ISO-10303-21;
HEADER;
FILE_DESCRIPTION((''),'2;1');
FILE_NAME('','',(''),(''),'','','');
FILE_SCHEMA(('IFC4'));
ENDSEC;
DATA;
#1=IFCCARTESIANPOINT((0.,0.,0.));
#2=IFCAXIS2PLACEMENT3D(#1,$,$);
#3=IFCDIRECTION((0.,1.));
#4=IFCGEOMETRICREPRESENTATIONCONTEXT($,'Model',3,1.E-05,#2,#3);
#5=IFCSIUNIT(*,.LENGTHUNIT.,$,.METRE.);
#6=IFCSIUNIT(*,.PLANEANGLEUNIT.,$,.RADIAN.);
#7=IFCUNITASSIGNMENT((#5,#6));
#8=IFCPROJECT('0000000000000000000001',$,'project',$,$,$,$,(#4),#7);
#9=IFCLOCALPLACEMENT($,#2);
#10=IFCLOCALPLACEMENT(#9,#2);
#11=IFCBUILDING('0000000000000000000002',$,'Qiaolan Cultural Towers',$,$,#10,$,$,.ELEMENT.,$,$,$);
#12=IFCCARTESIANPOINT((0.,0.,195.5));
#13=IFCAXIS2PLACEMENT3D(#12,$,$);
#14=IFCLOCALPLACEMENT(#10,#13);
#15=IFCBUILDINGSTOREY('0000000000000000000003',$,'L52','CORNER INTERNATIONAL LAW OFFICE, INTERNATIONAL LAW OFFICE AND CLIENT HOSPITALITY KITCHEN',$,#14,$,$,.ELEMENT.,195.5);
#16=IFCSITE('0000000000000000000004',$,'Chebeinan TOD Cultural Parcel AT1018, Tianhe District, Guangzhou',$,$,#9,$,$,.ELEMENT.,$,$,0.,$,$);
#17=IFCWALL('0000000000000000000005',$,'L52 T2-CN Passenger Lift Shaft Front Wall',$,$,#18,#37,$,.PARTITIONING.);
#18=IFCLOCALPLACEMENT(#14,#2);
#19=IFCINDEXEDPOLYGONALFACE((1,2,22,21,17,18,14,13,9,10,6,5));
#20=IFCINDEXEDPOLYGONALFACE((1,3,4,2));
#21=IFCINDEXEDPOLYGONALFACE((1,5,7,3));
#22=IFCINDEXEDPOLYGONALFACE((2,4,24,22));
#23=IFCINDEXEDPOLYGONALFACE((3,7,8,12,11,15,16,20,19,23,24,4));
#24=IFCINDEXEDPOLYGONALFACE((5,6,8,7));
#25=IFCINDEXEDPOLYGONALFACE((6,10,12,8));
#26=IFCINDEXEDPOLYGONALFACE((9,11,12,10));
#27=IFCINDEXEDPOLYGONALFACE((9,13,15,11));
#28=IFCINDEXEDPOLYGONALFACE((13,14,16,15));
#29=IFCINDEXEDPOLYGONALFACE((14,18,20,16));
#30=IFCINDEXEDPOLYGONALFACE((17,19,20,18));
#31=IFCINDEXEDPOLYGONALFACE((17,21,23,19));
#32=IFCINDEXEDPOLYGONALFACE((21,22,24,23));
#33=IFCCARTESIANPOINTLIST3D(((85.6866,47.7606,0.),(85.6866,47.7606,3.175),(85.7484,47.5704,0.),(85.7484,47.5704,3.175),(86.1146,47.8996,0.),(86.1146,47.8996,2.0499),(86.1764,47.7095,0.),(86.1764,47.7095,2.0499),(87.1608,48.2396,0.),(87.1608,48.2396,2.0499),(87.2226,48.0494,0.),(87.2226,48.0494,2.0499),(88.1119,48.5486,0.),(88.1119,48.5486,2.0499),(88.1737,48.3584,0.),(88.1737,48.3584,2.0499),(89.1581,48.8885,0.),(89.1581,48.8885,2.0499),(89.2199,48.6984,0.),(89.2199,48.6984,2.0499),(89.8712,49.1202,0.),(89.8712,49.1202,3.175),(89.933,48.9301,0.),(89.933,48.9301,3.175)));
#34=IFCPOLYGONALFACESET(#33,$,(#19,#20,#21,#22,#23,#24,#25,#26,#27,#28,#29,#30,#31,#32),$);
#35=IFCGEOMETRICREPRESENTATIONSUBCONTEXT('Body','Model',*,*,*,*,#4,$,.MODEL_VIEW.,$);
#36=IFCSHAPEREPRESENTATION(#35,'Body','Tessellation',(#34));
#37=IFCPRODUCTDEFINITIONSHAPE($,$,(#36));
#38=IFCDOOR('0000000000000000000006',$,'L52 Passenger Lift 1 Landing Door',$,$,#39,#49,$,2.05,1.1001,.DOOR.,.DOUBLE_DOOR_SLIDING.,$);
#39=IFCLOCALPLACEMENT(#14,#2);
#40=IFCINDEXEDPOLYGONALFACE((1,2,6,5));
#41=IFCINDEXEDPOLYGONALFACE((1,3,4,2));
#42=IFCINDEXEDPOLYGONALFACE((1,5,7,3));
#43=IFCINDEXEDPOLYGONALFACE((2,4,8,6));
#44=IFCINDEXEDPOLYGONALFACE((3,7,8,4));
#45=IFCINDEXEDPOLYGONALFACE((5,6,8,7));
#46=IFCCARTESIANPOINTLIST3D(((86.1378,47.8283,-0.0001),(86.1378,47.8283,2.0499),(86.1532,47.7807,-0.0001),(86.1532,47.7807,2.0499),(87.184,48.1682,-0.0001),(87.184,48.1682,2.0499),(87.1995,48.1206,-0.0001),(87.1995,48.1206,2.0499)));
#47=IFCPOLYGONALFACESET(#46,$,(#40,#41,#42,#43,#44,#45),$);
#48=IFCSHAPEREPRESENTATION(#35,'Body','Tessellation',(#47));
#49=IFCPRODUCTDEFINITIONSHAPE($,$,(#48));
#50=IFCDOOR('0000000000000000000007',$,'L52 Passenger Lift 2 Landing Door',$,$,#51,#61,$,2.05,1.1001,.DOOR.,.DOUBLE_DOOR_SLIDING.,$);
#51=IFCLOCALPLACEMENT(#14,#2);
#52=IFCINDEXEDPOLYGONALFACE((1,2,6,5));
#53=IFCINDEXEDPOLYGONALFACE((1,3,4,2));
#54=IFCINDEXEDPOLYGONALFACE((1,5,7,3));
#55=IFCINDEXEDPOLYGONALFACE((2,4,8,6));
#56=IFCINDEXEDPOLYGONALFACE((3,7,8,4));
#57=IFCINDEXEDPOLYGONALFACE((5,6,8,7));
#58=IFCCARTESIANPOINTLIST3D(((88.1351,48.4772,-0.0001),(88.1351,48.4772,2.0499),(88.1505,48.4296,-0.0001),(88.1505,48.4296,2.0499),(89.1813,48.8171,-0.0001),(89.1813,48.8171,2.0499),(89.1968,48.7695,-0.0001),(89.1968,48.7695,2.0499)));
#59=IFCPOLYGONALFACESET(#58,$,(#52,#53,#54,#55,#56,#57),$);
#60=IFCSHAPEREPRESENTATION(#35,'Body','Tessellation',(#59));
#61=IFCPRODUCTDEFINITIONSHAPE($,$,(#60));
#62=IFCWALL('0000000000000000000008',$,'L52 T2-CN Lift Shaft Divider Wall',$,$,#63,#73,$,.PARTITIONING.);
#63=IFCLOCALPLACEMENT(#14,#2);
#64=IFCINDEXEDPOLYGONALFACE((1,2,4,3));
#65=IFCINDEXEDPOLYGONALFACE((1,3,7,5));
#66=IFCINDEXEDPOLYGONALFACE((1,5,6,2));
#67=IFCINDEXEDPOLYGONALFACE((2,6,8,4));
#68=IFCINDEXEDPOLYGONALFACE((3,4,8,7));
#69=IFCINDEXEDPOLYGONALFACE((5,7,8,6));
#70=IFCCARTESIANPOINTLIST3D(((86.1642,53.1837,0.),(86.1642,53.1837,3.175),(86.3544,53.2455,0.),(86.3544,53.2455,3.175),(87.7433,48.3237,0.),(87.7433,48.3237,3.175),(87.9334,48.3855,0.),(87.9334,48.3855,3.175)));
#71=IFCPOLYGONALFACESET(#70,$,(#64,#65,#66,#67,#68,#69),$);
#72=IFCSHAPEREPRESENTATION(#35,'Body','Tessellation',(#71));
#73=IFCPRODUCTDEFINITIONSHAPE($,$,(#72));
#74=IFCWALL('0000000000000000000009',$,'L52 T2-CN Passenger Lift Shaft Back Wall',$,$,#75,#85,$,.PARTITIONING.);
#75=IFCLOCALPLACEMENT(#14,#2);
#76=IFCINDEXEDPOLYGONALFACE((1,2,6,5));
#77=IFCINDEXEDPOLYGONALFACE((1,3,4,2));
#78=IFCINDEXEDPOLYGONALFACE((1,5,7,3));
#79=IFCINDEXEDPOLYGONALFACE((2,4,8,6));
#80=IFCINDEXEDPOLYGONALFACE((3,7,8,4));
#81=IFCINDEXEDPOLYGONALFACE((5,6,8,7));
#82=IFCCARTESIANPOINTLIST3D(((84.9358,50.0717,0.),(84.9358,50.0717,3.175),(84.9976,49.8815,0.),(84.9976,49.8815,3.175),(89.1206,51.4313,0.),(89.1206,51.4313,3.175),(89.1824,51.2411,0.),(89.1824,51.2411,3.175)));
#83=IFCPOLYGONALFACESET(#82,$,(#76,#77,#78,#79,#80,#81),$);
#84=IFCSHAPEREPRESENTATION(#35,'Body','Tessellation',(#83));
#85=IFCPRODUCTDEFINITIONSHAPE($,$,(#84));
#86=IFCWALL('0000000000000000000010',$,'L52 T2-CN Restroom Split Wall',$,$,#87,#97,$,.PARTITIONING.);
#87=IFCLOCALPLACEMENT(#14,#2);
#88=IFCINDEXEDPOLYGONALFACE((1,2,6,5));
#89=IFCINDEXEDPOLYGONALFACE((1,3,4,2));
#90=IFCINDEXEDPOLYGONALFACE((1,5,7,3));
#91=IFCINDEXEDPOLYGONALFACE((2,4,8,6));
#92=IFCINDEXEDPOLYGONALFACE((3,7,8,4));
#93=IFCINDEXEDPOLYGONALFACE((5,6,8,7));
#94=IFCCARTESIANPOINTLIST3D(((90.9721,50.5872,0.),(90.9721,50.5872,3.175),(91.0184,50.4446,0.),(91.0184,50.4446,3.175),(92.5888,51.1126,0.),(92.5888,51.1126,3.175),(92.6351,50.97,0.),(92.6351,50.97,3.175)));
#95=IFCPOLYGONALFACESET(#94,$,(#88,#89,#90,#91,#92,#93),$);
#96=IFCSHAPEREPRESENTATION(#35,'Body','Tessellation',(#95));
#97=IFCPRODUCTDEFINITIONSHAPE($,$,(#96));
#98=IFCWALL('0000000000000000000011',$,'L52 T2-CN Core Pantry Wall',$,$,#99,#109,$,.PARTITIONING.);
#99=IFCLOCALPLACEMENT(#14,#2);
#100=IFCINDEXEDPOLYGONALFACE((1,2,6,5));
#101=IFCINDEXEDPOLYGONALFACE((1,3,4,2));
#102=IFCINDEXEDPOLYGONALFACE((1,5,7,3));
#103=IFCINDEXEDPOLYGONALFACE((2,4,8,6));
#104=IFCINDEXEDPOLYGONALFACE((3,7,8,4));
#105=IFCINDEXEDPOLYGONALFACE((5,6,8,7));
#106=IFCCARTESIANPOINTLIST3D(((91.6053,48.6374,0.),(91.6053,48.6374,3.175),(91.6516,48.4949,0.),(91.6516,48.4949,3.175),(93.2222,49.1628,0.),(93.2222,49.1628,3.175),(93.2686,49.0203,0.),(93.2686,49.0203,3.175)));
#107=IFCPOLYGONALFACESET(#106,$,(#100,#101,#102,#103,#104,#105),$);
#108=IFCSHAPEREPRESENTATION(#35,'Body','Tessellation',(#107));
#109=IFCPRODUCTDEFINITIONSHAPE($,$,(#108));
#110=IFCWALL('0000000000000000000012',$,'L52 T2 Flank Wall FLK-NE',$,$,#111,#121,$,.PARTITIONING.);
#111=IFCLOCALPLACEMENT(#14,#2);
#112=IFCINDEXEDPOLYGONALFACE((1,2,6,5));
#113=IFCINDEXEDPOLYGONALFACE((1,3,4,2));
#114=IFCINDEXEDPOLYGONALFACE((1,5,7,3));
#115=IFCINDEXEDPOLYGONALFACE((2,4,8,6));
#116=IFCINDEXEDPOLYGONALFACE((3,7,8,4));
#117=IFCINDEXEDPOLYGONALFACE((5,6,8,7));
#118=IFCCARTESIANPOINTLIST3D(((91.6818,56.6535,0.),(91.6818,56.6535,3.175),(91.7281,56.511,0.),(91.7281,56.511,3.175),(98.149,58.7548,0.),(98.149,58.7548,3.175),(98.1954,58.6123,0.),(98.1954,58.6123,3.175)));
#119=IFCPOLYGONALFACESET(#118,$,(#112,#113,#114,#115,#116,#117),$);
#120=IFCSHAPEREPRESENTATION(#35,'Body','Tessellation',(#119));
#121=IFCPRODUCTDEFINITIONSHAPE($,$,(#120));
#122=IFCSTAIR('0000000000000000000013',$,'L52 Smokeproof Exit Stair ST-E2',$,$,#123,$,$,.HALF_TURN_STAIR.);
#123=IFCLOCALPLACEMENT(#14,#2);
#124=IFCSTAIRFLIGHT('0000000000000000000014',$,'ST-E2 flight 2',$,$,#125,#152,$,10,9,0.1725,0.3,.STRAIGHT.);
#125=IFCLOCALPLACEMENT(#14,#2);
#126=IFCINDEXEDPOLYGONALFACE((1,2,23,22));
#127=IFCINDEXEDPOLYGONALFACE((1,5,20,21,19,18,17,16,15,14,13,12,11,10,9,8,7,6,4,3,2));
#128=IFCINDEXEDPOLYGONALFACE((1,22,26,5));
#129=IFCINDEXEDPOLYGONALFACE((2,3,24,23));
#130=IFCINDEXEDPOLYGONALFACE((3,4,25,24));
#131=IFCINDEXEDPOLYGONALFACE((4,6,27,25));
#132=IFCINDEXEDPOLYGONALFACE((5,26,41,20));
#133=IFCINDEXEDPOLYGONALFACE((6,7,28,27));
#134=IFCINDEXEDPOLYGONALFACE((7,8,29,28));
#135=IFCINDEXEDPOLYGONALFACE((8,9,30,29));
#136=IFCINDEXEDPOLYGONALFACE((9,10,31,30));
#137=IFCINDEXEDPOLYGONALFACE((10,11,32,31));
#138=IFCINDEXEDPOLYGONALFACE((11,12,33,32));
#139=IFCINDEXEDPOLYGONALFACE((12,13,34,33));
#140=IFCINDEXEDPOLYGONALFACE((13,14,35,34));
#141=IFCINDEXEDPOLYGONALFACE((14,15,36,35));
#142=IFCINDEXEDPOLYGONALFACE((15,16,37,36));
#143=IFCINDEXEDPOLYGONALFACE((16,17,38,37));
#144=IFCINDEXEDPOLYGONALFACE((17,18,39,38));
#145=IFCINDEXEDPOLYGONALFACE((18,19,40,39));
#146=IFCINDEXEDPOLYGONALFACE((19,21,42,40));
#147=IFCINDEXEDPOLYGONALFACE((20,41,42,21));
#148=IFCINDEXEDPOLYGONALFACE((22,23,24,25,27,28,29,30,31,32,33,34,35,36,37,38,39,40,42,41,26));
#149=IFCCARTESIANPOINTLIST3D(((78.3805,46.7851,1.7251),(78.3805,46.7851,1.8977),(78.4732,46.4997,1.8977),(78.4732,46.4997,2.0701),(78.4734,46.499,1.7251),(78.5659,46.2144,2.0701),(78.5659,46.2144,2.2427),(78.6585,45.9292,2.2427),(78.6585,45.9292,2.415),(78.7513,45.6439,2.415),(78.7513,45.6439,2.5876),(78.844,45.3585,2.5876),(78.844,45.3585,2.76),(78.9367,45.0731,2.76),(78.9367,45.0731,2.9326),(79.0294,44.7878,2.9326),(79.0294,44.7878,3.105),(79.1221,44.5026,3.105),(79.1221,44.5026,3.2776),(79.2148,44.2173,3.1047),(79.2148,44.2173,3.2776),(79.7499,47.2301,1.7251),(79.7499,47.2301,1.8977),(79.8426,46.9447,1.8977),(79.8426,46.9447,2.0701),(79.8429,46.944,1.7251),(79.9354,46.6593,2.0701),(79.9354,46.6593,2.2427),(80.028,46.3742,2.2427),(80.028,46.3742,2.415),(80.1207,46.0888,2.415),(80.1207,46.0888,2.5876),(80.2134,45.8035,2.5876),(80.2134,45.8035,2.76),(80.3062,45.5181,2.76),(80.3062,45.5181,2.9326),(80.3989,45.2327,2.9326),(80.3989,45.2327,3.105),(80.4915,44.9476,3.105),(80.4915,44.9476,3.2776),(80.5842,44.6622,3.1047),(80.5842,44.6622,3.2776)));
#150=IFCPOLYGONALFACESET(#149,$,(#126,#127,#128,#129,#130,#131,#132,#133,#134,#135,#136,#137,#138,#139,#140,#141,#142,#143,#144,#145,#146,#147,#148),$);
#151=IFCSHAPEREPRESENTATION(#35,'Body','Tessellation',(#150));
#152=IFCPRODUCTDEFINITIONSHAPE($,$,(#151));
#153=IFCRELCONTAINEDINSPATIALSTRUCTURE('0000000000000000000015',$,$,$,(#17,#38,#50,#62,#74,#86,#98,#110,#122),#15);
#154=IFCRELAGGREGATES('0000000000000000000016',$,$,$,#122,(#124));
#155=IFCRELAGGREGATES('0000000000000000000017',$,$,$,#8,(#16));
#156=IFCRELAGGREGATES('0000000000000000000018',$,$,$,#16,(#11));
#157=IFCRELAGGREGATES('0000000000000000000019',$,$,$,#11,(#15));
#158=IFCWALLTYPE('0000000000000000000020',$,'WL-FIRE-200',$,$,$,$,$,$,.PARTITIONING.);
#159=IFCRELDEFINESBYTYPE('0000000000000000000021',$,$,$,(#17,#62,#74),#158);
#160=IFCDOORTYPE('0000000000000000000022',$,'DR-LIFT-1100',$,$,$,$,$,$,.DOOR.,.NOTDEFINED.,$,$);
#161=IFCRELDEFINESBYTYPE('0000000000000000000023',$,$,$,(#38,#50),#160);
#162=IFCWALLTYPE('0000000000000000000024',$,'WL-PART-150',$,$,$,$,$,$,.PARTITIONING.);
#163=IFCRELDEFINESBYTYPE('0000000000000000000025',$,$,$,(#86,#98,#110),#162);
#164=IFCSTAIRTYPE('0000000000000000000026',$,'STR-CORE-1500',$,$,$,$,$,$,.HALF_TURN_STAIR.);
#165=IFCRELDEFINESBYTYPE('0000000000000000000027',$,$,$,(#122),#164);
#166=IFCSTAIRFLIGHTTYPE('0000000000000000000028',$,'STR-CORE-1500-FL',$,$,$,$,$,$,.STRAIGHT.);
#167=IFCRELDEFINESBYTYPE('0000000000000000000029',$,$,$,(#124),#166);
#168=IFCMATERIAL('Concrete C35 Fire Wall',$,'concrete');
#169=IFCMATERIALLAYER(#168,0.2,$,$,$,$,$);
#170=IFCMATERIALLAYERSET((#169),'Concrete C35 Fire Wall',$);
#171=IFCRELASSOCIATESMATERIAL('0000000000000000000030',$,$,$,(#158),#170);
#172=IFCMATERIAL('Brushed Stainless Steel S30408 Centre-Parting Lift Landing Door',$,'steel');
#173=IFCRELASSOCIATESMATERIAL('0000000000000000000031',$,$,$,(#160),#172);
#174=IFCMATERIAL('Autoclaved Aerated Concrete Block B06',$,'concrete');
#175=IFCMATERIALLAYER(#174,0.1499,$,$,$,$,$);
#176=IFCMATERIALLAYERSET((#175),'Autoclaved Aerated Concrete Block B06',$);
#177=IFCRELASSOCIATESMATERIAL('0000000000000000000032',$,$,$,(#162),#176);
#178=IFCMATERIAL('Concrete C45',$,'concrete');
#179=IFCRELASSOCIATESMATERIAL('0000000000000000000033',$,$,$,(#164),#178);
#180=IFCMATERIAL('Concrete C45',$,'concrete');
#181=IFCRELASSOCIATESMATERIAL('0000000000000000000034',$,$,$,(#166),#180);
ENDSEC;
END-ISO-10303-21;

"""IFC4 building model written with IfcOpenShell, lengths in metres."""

from ifc_helpers import new_model, si_unit, direction, frame, frame_2d, origin, place, context, subcontext, project, spatial, polyline, rectangle, outline, extrude, material, layer, layer_set, type_object, element, fill, aggregate, save


model = new_model("IFC4")

# Units and contexts
model_context = context("Model", 3, precision=1e-05, world=origin(), true_north=direction((0.0, 1.0)))
body_context = subcontext(model_context, "Body", "Model", "MODEL_VIEW")
ifc_project = project(units=[si_unit("LENGTHUNIT", "METRE"), si_unit("PLANEANGLEUNIT", "RADIAN")], contexts=[model_context])

# Site, building, storey
site_placement = place(None, origin())
site = spatial("IfcSite", under=ifc_project, at=site_placement, Name="Chebeinan TOD Cultural Parcel AT1018, Tianhe District, Guangzhou", CompositionType="ELEMENT", RefElevation=0.0)
building_placement = place(site_placement, origin())
building = spatial("IfcBuilding", under=site, at=building_placement, Name="Qiaolan Cultural Towers", CompositionType="ELEMENT")
storey_placement = place(building_placement, frame((0.0, 0.0, 195.5)))
storey = spatial("IfcBuildingStorey", under=building, at=storey_placement, Name="L52", Description="CORNER INTERNATIONAL LAW OFFICE, INTERNATIONAL LAW OFFICE AND CLIENT HOSPITALITY KITCHEN", CompositionType="ELEMENT", Elevation=195.5)

# Shared definitions
ifc_material_1 = material(Name="Concrete C35 Fire Wall", Category="concrete")
ifc_layer_1 = layer(ifc_material_1, 0.2)
ifc_layer_set_1 = layer_set([ifc_layer_1], Name="Concrete C35 Fire Wall")
wall_type_1 = type_object("IfcWallType", Name="WL-FIRE-200", PredefinedType="PARTITIONING", material=ifc_layer_set_1)
ifc_material_2 = material(Name="Brushed Stainless Steel S30408 Centre-Parting Lift Landing Door", Category="steel")
door_type = type_object("IfcDoorType", Name="DR-LIFT-1100", OperationType="NOTDEFINED", PredefinedType="DOOR", material=ifc_material_2)

# Wall, openings, doors
wall_1_placement = place(storey_placement, frame((85.7175, 47.6655, 0.0), z_axis=(0.0, 0.0, 1.0), x_axis=(0.951059, 0.309011, 0.0)))
wall_1 = element("IfcWall", 1, at=wall_1_placement, inside=storey, type_object=wall_type_1, Name="L52 T2-CN Passenger Lift Shaft Front Wall", PredefinedType="PARTITIONING", context=body_context, shape_type="SweptSolid", body=[
    extrude(rectangle(XDim=4.3999, YDim=0.2, at=frame_2d((2.2, 0.0))), origin(), (0.0, 0.0, 1.0), 3.175),
])
opening_1_placement = place(wall_1_placement, frame((0.45, 0.0, 0.0)))
opening_1 = element("IfcOpeningElement", 2, at=opening_1_placement, cuts=wall_1, PredefinedType="OPENING", context=body_context, shape_type="SweptSolid", body=[
    extrude(rectangle(XDim=1.1001, YDim=2.05, at=frame_2d((0.55, 1.0249))), frame((0.0, 0.1099, 0.0), z_axis=(0.0, -1.0, 0.0), x_axis=(1.0, 0.0, 0.0)), (0.0, 0.0, 1.0), 0.22),
])
opening_2_placement = place(wall_1_placement, frame((2.55, 0.0, 0.0)))
opening_2 = element("IfcOpeningElement", 3, at=opening_2_placement, cuts=wall_1, PredefinedType="OPENING", context=body_context, shape_type="SweptSolid", body=[
    extrude(rectangle(XDim=1.1001, YDim=2.05, at=frame_2d((0.55, 1.0249))), frame((0.0, 0.1099, 0.0), z_axis=(0.0, -1.0, 0.0), x_axis=(1.0, 0.0, 0.0)), (0.0, 0.0, 1.0), 0.22),
])
door_1_placement = place(opening_1_placement, origin())
door_1 = element("IfcDoor", 4, at=door_1_placement, inside=storey, type_object=door_type, Name="L52 Passenger Lift 1 Landing Door", OperationType="DOUBLE_DOOR_SLIDING", OverallHeight=2.05, OverallWidth=1.1001, PredefinedType="DOOR", context=body_context, shape_type="SweptSolid", body=[
    extrude(rectangle(XDim=1.1001, YDim=2.05, at=frame_2d((0.55, 1.0249))), frame((0.0, 0.0249, 0.0), z_axis=(0.0, -1.0, 0.0), x_axis=(1.0, 0.0, 0.0)), (0.0, 0.0, 1.0), 0.05),
])
fill(opening_1, door_1)
door_2_placement = place(opening_2_placement, origin())
door_2 = element("IfcDoor", 5, at=door_2_placement, inside=storey, type_object=door_type, Name="L52 Passenger Lift 2 Landing Door", OperationType="DOUBLE_DOOR_SLIDING", OverallHeight=2.05, OverallWidth=1.1001, PredefinedType="DOOR", context=body_context, shape_type="SweptSolid", body=[
    extrude(rectangle(XDim=1.1001, YDim=2.05, at=frame_2d((0.55, 1.0249))), frame((0.0, 0.0249, 0.0), z_axis=(0.0, -1.0, 0.0), x_axis=(1.0, 0.0, 0.0)), (0.0, 0.0, 1.0), 0.05),
])
fill(opening_2, door_2)

# Walls
wall_2_placement = place(storey_placement, frame((87.8384, 48.3545, 0.0), z_axis=(0.0, 0.0, 1.0), x_axis=(-0.309009, 0.951059, 0.0)))
element("IfcWall", 6, at=wall_2_placement, inside=storey, type_object=wall_type_1, Name="L52 T2-CN Lift Shaft Divider Wall", PredefinedType="PARTITIONING", context=body_context, shape_type="SweptSolid", body=[
    extrude(rectangle(XDim=5.1101, YDim=0.2, at=frame_2d((2.5552, 0.0))), origin(), (0.0, 0.0, 1.0), 3.175),
])
wall_3_placement = place(storey_placement, frame((84.9666, 49.9766, 0.0), z_axis=(0.0, 0.0, 1.0), x_axis=(0.951064, 0.308994, 0.0)))
element("IfcWall", 7, at=wall_3_placement, inside=storey, type_object=wall_type_1, Name="L52 T2-CN Passenger Lift Shaft Back Wall", PredefinedType="PARTITIONING", context=body_context, shape_type="SweptSolid", body=[
    extrude(rectangle(XDim=4.4001, YDim=0.2, at=frame_2d((2.2002, 0.0))), origin(), (0.0, 0.0, 1.0), 3.175),
])
ifc_material_3 = material(Name="Autoclaved Aerated Concrete Block B06", Category="concrete")
ifc_layer_2 = layer(ifc_material_3, 0.1499)
ifc_layer_set_2 = layer_set([ifc_layer_2], Name="Autoclaved Aerated Concrete Block B06")
wall_type_2 = type_object("IfcWallType", Name="WL-PART-150", PredefinedType="PARTITIONING", material=ifc_layer_set_2)
wall_4_placement = place(storey_placement, frame((90.9951, 50.5159, 0.0), z_axis=(0.0, 0.0, 1.0), x_axis=(0.95104, 0.309067, 0.0)))
element("IfcWall", 8, at=wall_4_placement, inside=storey, type_object=wall_type_2, Name="L52 T2-CN Restroom Split Wall", PredefinedType="PARTITIONING", context=body_context, shape_type="SweptSolid", body=[
    extrude(rectangle(XDim=1.7, YDim=0.1499, at=frame_2d((0.8501, 0.0))), origin(), (0.0, 0.0, 1.0), 3.175),
])
wall_5_placement = place(storey_placement, frame((91.6284, 48.5662, 0.0), z_axis=(0.0, 0.0, 1.0), x_axis=(0.951054, 0.309024, 0.0)))
element("IfcWall", 9, at=wall_5_placement, inside=storey, type_object=wall_type_2, Name="L52 T2-CN Core Pantry Wall", PredefinedType="PARTITIONING", context=body_context, shape_type="SweptSolid", body=[
    extrude(rectangle(XDim=1.7002, YDim=0.1499, at=frame_2d((0.8501, 0.0))), origin(), (0.0, 0.0, 1.0), 3.175),
])
wall_6_placement = place(storey_placement, frame((91.7051, 56.5823, 0.0), z_axis=(0.0, 0.0, 1.0), x_axis=(0.951058, 0.309013, 0.0)))
element("IfcWall", 10, at=wall_6_placement, inside=storey, type_object=wall_type_2, Name="L52 T2 Flank Wall FLK-NE", PredefinedType="PARTITIONING", context=body_context, shape_type="SweptSolid", body=[
    extrude(rectangle(XDim=6.8, YDim=0.1499, at=frame_2d((3.3999, 0.0))), origin(), (0.0, 0.0, 1.0), 3.175),
])

# Stair, stair flight
ifc_material_4 = material(Name="Concrete C45", Category="concrete")
stair_type = type_object("IfcStairType", Name="STR-CORE-1500", PredefinedType="HALF_TURN_STAIR", material=ifc_material_4)
stair_placement = place(storey_placement, origin())
stair = element("IfcStair", 11, at=stair_placement, inside=storey, type_object=stair_type, Name="L52 Smokeproof Exit Stair ST-E2", PredefinedType="HALF_TURN_STAIR")
ifc_material_5 = material(Name="Concrete C45", Category="concrete")
stair_flight_type = type_object("IfcStairFlightType", Name="STR-CORE-1500-FL", PredefinedType="STRAIGHT", material=ifc_material_5)
stair_flight_placement = place(storey_placement, frame((79.0652, 47.0076, 1.7251), z_axis=(0.0, 0.0, 1.0), x_axis=(0.309017, -0.951057, 0.0)))
stair_flight = element("IfcStairFlight", 12, at=stair_flight_placement, type_object=stair_flight_type, Name="ST-E2 flight 2", NumberOfRisers=10, NumberOfTreads=9, PredefinedType="STRAIGHT", RiserHeight=0.1725, TreadLength=0.3, context=body_context, shape_type="SweptSolid", body=[
    extrude(outline(polyline([(0.0, 0.0), (0.0, 0.1726), (0.3, 0.1726), (0.3, 0.345), (0.6001, 0.345), (0.6001, 0.5176), (0.8999, 0.5176), (0.8999, 0.6899), (1.2, 0.6899), (1.2, 0.8625), (1.5, 0.8625), (1.5, 1.0349), (1.8, 1.0349), (1.8, 1.2075), (2.1001, 1.2075), (2.1001, 1.3799), (2.3999, 1.3799), (2.3999, 1.5525), (2.7, 1.5525), (2.7, 1.7251), (2.7, 1.3796), (0.3008, 0.0), (0.0, 0.0)])), frame((0.0, 0.72, 0.0), z_axis=(0.0, -1.0, 0.0), x_axis=(1.0, 0.0, 0.0)), (0.0, 0.0, 1.0), 1.4399),
])
aggregate(stair, [stair_flight])

save(model, "model.ifc")
